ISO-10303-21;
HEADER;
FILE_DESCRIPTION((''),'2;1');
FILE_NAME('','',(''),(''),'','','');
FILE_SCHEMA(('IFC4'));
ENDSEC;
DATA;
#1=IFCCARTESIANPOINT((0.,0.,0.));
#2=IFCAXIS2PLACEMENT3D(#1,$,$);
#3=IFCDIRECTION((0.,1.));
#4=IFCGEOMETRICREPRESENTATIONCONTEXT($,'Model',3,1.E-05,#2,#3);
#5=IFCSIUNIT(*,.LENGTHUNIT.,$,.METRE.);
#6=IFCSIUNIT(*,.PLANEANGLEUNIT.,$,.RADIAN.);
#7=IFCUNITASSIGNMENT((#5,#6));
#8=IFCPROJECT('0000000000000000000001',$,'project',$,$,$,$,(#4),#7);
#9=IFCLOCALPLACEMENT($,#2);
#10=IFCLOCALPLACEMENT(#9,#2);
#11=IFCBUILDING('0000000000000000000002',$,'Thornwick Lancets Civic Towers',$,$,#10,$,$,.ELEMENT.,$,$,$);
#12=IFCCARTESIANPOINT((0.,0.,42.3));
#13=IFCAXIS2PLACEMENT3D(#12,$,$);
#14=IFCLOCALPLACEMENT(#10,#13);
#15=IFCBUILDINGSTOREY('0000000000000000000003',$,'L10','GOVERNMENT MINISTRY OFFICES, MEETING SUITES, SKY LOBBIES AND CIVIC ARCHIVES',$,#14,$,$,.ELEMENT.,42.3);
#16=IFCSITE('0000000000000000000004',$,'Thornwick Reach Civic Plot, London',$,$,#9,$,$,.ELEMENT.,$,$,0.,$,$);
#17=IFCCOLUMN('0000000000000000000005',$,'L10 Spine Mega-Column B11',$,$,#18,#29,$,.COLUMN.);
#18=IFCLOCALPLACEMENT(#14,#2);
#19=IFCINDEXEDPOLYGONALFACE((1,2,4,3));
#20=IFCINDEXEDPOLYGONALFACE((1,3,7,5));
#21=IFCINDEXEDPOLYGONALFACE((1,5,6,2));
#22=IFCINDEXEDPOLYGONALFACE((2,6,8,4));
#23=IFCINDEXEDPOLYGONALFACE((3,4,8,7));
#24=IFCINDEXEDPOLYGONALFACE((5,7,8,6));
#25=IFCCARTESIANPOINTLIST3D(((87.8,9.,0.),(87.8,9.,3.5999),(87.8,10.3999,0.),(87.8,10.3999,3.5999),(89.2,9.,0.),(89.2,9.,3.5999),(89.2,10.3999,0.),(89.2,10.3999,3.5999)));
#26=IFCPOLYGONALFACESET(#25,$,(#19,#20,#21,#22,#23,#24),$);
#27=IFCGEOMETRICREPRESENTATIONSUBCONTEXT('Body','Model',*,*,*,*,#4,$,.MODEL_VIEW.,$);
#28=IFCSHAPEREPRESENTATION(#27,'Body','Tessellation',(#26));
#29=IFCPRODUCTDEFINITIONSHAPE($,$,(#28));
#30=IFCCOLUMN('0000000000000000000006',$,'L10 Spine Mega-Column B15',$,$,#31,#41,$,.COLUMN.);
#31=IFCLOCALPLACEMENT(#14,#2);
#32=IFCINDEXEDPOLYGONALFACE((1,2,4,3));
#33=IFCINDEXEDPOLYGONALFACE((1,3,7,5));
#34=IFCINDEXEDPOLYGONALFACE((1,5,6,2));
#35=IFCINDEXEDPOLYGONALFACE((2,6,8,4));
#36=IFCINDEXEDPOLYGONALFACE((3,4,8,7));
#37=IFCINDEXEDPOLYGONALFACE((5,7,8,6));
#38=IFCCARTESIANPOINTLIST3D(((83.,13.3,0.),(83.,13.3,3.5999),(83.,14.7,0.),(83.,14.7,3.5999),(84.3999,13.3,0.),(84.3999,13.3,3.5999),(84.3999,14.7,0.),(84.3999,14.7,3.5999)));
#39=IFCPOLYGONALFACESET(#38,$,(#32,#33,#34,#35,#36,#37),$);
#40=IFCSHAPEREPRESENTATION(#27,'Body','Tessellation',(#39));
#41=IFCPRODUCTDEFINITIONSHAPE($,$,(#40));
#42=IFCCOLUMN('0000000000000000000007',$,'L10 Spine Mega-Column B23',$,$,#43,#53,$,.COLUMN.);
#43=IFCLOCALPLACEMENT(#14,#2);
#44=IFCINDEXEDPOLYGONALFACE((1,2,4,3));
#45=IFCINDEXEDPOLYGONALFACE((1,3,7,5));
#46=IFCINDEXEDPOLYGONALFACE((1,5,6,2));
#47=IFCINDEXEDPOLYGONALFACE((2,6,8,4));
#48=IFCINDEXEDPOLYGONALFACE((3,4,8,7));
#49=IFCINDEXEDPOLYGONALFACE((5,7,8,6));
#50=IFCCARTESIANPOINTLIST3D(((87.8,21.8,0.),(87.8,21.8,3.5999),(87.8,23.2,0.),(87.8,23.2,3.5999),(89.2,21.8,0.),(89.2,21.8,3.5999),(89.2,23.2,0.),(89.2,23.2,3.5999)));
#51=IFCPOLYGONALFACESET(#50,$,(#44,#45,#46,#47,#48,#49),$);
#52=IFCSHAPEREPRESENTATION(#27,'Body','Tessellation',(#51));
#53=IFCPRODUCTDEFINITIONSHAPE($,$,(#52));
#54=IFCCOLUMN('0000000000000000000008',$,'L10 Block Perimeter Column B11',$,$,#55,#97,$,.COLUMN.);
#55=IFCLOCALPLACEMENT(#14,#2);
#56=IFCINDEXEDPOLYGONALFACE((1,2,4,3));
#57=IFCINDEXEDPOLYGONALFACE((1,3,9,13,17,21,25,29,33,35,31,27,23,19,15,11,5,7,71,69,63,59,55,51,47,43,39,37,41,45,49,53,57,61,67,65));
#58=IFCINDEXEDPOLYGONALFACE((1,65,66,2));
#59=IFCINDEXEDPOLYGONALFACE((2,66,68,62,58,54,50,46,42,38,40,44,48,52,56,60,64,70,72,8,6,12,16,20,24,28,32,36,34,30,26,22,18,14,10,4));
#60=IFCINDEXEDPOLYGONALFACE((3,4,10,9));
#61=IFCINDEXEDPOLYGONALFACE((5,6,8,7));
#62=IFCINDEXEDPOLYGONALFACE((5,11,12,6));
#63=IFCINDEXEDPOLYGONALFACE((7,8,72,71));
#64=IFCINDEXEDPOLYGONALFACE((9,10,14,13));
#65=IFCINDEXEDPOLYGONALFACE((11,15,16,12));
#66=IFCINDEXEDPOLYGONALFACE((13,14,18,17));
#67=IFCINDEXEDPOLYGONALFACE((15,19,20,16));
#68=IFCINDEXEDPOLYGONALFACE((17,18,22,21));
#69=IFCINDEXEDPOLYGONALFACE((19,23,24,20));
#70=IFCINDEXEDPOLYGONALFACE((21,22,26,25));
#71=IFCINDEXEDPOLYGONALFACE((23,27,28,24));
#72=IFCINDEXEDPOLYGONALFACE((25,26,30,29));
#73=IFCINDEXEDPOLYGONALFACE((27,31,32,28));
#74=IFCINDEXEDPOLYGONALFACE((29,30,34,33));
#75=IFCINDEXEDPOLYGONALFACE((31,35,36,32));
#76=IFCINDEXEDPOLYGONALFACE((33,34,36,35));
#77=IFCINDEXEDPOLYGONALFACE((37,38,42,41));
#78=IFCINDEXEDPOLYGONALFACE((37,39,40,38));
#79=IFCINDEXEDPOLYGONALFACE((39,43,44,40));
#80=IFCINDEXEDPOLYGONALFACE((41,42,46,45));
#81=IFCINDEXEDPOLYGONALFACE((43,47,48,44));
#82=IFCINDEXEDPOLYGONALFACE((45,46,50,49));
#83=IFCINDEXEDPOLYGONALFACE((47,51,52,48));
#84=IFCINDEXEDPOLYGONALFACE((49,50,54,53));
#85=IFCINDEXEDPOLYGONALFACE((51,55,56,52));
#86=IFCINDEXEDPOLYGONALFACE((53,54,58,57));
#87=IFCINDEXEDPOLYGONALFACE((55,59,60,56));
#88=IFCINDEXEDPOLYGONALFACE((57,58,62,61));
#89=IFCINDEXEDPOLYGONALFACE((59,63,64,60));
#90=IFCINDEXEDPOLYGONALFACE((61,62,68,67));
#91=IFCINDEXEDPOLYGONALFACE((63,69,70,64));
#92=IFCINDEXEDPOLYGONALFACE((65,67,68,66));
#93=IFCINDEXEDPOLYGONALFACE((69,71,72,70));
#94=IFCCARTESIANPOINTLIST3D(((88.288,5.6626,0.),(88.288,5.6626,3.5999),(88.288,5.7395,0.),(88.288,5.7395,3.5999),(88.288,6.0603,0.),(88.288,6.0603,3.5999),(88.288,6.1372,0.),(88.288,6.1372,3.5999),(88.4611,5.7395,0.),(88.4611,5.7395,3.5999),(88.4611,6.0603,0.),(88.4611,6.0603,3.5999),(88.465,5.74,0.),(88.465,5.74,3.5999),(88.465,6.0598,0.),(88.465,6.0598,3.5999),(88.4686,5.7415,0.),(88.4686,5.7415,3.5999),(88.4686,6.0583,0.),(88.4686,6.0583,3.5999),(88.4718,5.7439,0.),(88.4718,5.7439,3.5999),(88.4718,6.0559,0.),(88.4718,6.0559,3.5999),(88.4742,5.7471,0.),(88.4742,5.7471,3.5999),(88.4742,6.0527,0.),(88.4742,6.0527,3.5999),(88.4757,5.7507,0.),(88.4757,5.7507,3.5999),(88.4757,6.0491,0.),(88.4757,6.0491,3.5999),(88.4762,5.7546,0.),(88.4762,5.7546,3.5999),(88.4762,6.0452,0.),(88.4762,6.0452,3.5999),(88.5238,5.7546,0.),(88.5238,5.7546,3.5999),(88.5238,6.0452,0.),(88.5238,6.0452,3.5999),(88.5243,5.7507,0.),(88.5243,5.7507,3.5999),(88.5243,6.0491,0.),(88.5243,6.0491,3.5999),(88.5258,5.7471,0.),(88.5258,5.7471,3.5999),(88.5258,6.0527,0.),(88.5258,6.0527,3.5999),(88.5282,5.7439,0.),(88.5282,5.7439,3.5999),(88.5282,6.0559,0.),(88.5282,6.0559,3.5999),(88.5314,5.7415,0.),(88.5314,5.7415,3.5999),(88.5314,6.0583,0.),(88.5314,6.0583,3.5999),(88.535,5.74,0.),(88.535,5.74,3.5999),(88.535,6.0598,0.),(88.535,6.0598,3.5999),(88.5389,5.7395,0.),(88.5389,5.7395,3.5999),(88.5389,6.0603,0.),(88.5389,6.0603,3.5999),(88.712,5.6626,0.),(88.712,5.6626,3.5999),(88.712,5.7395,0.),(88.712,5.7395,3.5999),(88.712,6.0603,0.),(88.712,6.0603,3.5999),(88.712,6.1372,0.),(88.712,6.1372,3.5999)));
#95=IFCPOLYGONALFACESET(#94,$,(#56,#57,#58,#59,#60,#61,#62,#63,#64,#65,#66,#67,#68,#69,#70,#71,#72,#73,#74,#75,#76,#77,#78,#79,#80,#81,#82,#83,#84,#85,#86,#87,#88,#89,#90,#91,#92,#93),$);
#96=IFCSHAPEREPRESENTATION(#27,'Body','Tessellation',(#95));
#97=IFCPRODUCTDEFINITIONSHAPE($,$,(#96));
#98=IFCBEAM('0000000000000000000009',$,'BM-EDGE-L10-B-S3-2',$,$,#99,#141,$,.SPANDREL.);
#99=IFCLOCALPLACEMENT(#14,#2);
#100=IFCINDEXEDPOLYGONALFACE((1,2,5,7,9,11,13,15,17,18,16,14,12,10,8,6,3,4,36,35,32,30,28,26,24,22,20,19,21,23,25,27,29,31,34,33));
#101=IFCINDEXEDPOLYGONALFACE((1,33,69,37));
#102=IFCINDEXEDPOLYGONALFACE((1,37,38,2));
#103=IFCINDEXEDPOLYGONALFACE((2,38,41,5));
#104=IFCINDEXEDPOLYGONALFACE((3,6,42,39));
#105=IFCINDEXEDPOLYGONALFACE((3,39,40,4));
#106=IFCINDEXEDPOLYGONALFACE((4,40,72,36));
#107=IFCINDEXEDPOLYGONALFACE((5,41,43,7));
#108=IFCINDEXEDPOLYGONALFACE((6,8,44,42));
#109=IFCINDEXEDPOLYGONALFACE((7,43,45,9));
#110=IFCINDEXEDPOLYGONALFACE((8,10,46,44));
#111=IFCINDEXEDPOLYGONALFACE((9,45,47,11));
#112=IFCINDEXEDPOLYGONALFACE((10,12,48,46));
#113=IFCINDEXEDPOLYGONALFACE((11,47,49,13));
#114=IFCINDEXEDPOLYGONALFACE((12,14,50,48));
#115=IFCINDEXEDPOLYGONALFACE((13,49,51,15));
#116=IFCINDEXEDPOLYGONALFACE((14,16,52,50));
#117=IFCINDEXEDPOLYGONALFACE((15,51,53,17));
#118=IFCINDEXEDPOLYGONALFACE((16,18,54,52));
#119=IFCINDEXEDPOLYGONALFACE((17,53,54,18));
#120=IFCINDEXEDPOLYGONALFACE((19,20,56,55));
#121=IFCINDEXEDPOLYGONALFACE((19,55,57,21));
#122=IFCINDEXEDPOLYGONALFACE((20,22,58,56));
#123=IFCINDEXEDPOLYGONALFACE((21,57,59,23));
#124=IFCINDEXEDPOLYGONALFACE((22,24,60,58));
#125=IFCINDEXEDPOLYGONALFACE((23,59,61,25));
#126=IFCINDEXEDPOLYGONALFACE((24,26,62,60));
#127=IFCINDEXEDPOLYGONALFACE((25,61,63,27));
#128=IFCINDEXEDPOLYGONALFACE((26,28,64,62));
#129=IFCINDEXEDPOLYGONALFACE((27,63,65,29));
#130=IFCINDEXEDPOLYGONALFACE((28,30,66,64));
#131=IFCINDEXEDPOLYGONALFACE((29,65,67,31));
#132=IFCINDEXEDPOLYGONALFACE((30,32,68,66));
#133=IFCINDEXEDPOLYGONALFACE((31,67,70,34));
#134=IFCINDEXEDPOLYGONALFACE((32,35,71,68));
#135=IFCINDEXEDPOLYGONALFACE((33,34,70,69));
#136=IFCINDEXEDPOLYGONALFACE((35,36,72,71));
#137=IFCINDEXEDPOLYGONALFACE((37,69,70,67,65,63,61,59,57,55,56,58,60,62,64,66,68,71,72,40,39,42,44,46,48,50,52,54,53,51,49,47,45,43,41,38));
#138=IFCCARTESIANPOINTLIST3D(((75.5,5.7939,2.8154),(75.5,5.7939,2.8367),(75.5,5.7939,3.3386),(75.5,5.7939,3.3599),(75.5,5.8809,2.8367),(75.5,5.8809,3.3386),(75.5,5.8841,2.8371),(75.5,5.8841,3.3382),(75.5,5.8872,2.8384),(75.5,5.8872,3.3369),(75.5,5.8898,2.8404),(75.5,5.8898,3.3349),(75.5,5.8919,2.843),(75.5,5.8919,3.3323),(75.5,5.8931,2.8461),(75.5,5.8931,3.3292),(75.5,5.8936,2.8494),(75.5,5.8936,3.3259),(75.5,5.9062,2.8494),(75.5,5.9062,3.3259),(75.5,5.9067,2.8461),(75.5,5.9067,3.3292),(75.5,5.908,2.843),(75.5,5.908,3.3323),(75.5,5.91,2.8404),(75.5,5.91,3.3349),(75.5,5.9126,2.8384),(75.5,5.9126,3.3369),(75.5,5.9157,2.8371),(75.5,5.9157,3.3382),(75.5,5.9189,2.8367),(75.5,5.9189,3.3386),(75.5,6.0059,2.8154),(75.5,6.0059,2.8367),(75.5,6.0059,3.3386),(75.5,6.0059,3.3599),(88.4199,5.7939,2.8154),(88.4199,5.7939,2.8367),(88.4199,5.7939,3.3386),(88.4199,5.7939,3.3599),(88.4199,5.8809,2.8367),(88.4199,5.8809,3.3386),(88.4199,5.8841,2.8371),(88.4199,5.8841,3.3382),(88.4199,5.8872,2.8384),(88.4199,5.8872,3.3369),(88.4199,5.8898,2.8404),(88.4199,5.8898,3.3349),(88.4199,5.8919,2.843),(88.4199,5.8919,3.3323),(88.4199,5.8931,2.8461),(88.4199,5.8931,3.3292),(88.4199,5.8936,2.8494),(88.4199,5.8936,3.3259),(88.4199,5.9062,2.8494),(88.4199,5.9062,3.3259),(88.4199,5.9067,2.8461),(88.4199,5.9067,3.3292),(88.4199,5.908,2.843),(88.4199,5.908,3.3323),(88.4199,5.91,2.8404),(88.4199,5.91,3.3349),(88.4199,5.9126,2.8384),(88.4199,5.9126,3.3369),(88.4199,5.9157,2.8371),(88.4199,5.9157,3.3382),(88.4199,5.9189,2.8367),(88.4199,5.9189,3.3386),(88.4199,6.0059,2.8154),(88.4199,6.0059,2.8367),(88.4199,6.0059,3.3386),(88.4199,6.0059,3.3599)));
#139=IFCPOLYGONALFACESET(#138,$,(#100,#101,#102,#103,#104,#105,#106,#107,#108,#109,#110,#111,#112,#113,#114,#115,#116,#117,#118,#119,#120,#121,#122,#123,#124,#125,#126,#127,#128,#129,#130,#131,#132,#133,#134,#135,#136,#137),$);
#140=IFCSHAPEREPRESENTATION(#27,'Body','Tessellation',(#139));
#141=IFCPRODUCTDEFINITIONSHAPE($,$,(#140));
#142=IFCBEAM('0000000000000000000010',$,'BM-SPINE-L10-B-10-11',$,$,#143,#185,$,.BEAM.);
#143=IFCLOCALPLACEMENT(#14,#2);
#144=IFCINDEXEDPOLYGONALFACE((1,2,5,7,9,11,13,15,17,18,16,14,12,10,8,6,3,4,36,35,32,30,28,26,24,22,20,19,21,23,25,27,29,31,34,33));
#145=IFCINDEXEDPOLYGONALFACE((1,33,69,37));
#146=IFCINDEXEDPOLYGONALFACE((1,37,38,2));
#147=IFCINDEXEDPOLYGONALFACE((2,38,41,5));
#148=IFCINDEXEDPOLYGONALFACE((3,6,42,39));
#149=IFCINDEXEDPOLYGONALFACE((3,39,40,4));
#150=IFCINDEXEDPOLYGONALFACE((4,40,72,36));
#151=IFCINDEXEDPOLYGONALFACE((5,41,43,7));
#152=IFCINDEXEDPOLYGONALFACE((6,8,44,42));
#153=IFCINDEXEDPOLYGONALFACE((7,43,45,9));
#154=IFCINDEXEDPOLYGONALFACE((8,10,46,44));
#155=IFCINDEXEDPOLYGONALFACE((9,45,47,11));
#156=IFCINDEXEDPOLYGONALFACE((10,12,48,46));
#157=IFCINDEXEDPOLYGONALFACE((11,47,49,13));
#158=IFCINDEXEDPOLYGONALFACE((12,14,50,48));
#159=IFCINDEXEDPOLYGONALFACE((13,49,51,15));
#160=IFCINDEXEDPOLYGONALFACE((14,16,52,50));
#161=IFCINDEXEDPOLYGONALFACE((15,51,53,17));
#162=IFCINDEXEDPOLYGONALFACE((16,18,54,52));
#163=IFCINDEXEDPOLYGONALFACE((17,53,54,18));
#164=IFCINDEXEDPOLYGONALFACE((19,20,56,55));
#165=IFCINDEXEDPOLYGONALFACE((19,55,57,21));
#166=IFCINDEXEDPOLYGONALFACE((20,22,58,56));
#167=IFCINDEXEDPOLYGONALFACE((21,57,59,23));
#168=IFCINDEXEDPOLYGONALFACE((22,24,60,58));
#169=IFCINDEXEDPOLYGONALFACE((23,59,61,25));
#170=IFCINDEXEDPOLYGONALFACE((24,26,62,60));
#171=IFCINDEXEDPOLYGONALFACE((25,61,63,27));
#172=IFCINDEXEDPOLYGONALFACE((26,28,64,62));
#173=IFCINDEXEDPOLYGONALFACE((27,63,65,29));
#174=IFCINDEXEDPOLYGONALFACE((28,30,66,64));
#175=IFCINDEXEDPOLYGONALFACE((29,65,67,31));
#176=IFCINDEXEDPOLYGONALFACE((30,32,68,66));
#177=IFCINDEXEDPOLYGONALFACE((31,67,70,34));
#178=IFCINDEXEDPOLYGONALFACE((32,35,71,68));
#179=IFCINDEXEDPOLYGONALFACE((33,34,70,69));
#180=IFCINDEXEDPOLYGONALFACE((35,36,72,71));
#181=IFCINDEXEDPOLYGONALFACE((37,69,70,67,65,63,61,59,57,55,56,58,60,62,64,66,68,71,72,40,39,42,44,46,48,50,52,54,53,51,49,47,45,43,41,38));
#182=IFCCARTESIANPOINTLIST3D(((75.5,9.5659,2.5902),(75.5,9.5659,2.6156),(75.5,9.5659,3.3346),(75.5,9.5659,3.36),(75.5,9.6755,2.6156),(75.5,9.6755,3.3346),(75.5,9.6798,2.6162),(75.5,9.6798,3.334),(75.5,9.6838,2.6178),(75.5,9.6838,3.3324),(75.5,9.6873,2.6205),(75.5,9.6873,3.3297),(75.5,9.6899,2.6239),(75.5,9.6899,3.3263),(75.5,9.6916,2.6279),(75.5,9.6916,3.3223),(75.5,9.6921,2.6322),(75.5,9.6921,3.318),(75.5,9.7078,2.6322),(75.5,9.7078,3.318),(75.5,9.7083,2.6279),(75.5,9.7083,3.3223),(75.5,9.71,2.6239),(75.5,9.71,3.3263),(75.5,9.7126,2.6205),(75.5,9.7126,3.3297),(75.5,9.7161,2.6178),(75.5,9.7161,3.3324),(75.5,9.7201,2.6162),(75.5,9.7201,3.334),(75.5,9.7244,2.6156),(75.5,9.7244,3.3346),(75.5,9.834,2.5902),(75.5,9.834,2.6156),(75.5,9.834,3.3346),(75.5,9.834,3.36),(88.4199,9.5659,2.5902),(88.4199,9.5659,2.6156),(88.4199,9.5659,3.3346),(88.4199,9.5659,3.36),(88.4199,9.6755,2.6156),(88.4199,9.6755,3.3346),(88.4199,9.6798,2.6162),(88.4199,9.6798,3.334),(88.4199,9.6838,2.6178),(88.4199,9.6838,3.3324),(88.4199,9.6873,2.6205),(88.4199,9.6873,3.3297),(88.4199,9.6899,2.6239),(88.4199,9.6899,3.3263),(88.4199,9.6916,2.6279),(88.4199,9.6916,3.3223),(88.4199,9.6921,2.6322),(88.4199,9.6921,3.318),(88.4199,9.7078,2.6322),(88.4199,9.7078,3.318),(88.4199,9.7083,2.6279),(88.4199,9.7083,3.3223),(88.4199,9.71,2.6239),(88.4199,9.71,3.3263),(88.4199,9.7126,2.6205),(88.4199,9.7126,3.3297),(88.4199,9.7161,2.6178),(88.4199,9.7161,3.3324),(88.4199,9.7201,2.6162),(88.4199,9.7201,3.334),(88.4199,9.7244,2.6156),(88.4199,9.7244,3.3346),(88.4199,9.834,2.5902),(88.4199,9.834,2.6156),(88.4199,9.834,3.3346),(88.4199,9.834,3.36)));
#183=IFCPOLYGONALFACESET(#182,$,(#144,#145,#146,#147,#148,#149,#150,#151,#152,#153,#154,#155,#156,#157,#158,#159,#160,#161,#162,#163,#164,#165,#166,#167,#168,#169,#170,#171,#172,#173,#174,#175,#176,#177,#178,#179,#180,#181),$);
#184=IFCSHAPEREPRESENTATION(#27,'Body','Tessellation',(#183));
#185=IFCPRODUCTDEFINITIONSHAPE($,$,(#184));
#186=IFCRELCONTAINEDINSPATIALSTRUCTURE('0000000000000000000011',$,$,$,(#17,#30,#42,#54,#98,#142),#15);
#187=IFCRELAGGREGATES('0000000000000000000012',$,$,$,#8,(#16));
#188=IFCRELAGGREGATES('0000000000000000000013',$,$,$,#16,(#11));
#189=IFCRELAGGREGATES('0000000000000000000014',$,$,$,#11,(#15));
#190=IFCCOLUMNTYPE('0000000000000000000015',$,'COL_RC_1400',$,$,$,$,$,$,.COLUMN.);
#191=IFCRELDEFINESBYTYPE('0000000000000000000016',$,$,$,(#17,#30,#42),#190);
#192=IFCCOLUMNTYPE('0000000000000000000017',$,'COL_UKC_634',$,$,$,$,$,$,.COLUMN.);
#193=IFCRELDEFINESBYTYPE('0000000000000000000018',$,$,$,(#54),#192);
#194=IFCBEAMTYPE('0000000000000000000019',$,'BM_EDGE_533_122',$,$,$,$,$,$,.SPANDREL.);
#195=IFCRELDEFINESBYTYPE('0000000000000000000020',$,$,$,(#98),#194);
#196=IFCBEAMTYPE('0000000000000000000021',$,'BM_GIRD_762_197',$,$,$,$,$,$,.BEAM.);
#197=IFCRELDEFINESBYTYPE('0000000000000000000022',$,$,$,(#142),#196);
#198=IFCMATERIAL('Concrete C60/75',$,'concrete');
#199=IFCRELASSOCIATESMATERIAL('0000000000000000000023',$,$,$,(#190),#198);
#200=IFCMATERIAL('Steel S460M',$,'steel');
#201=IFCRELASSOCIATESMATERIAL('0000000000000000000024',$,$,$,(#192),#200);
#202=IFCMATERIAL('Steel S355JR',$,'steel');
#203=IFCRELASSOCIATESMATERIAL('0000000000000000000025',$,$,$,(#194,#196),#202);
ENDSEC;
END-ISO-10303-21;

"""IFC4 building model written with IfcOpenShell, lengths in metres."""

from ifc_helpers import new_model, si_unit, direction, frame, origin, origin_2d, place, context, subcontext, project, spatial, rectangle, i_section, extrude, material, material_profile, profile_set, type_object, element, save


model = new_model("IFC4")

# Units and contexts
model_context = context("Model", 3, precision=1e-05, world=origin(), true_north=direction((0.0, 1.0)))
body_context = subcontext(model_context, "Body", "Model", "MODEL_VIEW")
ifc_project = project(units=[si_unit("LENGTHUNIT", "METRE"), si_unit("PLANEANGLEUNIT", "RADIAN")], contexts=[model_context])

# Site, building, storey
site_placement = place(None, origin())
site = spatial("IfcSite", under=ifc_project, at=site_placement, Name="Thornwick Reach Civic Plot, London", CompositionType="ELEMENT", RefElevation=0.0)
building_placement = place(site_placement, origin())
building = spatial("IfcBuilding", under=site, at=building_placement, Name="Thornwick Lancets Civic Towers", CompositionType="ELEMENT")
storey_placement = place(building_placement, frame((0.0, 0.0, 42.3)))
storey = spatial("IfcBuildingStorey", under=building, at=storey_placement, Name="L10", Description="GOVERNMENT MINISTRY OFFICES, MEETING SUITES, SKY LOBBIES AND CIVIC ARCHIVES", CompositionType="ELEMENT", Elevation=42.3)

# Columns
ifc_material_1 = material(Name="Concrete C60/75", Category="concrete")
ifc_material_profile_1 = material_profile(ifc_material_1, rectangle(XDim=1.3999, YDim=1.3999, at=origin_2d()), Name="RC 1400x1400")
ifc_profile_set_1 = profile_set([ifc_material_profile_1], Name="Concrete C60/75")
column_type_1 = type_object("IfcColumnType", Name="COL_RC_1400", PredefinedType="COLUMN", material=ifc_profile_set_1)
for number, where, z_axis, x_axis, name in (
    (1, (88.5, 9.7, 0.0), (0.0, 0.0, 1.0), (1.0, 0.0, 0.0), "L10 Spine Mega-Column B11"),
    (2, (83.7, 14.0, 0.0), (0.0, 0.0, 1.0), (1.0, 0.0, 0.0), "L10 Spine Mega-Column B15"),
    (3, (88.5, 22.5, 0.0), (0.0, 0.0, 1.0), (1.0, 0.0, 0.0), "L10 Spine Mega-Column B23"),
):
    element("IfcColumn", number, at=place(storey_placement, frame(where, z_axis=z_axis, x_axis=x_axis)), inside=storey, type_object=column_type_1, Name=name, PredefinedType="COLUMN", context=body_context, shape_type="SweptSolid", body=[
        extrude(rectangle(XDim=1.3999, YDim=1.3999, at=origin_2d()), origin(), (0.0, 0.0, 1.0), 3.5999),
    ])
ifc_material_2 = material(Name="Steel S460M", Category="steel")
ifc_material_profile_2 = material_profile(ifc_material_2, i_section(OverallWidth=0.4241, OverallDepth=0.4746, WebThickness=0.0476, FlangeThickness=0.0769, FilletRadius=0.0151, at=origin_2d()), Name="UKC 356x406x634")
ifc_profile_set_2 = profile_set([ifc_material_profile_2], Name="Steel S460M")
column_type_2 = type_object("IfcColumnType", Name="COL_UKC_634", PredefinedType="COLUMN", material=ifc_profile_set_2)
column_placement = place(storey_placement, frame((88.5, 5.8999, 0.0), z_axis=(0.0, 0.0, 1.0), x_axis=(1.0, 0.0, 0.0)))
element("IfcColumn", 4, at=column_placement, inside=storey, type_object=column_type_2, Name="L10 Block Perimeter Column B11", PredefinedType="COLUMN", context=body_context, shape_type="SweptSolid", body=[
    extrude(i_section(OverallWidth=0.4241, OverallDepth=0.4746, WebThickness=0.0476, FlangeThickness=0.0769, FilletRadius=0.0151, at=origin_2d()), origin(), (0.0, 0.0, 1.0), 3.5999),
])

# Beams
ifc_material_3 = material(Name="Steel S355JR", Category="steel")
ifc_material_profile_3 = material_profile(ifc_material_3, i_section(OverallWidth=0.2119, OverallDepth=0.5444, WebThickness=0.0127, FlangeThickness=0.0212, FilletRadius=0.0127, at=origin_2d()), Name="UKB 533x210x122")
ifc_profile_set_3 = profile_set([ifc_material_profile_3], Name="Steel S355JR")
beam_type_1 = type_object("IfcBeamType", Name="BM_EDGE_533_122", PredefinedType="SPANDREL", material=ifc_profile_set_3)
beam_1_placement = place(storey_placement, frame((88.4199, 5.8999, 3.0876), z_axis=(-1.0, 0.0, 0.0), x_axis=(0.0, -1.0, 0.0)))
element("IfcBeam", 5, at=beam_1_placement, inside=storey, type_object=beam_type_1, Name="BM-EDGE-L10-B-S3-2", PredefinedType="SPANDREL", context=body_context, shape_type="SweptSolid", body=[
    extrude(i_section(OverallWidth=0.2119, OverallDepth=0.5444, WebThickness=0.0127, FlangeThickness=0.0212, FilletRadius=0.0127, at=origin_2d()), origin(), (0.0, 0.0, 1.0), 12.9199),
])
ifc_material_profile_4 = material_profile(ifc_material_3, i_section(OverallWidth=0.2681, OverallDepth=0.7698, WebThickness=0.0156, FlangeThickness=0.0254, FilletRadius=0.0166, at=origin_2d()), Name="UKB 762x267x197")
ifc_profile_set_4 = profile_set([ifc_material_profile_4], Name="Steel S355JR")
beam_type_2 = type_object("IfcBeamType", Name="BM_GIRD_762_197", PredefinedType="BEAM", material=ifc_profile_set_4)
beam_2_placement = place(storey_placement, frame((88.4199, 9.7, 2.9751), z_axis=(-1.0, 0.0, 0.0), x_axis=(0.0, -1.0, 0.0)))
element("IfcBeam", 6, at=beam_2_placement, inside=storey, type_object=beam_type_2, Name="BM-SPINE-L10-B-10-11", PredefinedType="BEAM", context=body_context, shape_type="SweptSolid", body=[
    extrude(i_section(OverallWidth=0.2681, OverallDepth=0.7698, WebThickness=0.0156, FlangeThickness=0.0254, FilletRadius=0.0166, at=origin_2d()), origin(), (0.0, 0.0, 1.0), 12.9199),
])

save(model, "model.ifc")
